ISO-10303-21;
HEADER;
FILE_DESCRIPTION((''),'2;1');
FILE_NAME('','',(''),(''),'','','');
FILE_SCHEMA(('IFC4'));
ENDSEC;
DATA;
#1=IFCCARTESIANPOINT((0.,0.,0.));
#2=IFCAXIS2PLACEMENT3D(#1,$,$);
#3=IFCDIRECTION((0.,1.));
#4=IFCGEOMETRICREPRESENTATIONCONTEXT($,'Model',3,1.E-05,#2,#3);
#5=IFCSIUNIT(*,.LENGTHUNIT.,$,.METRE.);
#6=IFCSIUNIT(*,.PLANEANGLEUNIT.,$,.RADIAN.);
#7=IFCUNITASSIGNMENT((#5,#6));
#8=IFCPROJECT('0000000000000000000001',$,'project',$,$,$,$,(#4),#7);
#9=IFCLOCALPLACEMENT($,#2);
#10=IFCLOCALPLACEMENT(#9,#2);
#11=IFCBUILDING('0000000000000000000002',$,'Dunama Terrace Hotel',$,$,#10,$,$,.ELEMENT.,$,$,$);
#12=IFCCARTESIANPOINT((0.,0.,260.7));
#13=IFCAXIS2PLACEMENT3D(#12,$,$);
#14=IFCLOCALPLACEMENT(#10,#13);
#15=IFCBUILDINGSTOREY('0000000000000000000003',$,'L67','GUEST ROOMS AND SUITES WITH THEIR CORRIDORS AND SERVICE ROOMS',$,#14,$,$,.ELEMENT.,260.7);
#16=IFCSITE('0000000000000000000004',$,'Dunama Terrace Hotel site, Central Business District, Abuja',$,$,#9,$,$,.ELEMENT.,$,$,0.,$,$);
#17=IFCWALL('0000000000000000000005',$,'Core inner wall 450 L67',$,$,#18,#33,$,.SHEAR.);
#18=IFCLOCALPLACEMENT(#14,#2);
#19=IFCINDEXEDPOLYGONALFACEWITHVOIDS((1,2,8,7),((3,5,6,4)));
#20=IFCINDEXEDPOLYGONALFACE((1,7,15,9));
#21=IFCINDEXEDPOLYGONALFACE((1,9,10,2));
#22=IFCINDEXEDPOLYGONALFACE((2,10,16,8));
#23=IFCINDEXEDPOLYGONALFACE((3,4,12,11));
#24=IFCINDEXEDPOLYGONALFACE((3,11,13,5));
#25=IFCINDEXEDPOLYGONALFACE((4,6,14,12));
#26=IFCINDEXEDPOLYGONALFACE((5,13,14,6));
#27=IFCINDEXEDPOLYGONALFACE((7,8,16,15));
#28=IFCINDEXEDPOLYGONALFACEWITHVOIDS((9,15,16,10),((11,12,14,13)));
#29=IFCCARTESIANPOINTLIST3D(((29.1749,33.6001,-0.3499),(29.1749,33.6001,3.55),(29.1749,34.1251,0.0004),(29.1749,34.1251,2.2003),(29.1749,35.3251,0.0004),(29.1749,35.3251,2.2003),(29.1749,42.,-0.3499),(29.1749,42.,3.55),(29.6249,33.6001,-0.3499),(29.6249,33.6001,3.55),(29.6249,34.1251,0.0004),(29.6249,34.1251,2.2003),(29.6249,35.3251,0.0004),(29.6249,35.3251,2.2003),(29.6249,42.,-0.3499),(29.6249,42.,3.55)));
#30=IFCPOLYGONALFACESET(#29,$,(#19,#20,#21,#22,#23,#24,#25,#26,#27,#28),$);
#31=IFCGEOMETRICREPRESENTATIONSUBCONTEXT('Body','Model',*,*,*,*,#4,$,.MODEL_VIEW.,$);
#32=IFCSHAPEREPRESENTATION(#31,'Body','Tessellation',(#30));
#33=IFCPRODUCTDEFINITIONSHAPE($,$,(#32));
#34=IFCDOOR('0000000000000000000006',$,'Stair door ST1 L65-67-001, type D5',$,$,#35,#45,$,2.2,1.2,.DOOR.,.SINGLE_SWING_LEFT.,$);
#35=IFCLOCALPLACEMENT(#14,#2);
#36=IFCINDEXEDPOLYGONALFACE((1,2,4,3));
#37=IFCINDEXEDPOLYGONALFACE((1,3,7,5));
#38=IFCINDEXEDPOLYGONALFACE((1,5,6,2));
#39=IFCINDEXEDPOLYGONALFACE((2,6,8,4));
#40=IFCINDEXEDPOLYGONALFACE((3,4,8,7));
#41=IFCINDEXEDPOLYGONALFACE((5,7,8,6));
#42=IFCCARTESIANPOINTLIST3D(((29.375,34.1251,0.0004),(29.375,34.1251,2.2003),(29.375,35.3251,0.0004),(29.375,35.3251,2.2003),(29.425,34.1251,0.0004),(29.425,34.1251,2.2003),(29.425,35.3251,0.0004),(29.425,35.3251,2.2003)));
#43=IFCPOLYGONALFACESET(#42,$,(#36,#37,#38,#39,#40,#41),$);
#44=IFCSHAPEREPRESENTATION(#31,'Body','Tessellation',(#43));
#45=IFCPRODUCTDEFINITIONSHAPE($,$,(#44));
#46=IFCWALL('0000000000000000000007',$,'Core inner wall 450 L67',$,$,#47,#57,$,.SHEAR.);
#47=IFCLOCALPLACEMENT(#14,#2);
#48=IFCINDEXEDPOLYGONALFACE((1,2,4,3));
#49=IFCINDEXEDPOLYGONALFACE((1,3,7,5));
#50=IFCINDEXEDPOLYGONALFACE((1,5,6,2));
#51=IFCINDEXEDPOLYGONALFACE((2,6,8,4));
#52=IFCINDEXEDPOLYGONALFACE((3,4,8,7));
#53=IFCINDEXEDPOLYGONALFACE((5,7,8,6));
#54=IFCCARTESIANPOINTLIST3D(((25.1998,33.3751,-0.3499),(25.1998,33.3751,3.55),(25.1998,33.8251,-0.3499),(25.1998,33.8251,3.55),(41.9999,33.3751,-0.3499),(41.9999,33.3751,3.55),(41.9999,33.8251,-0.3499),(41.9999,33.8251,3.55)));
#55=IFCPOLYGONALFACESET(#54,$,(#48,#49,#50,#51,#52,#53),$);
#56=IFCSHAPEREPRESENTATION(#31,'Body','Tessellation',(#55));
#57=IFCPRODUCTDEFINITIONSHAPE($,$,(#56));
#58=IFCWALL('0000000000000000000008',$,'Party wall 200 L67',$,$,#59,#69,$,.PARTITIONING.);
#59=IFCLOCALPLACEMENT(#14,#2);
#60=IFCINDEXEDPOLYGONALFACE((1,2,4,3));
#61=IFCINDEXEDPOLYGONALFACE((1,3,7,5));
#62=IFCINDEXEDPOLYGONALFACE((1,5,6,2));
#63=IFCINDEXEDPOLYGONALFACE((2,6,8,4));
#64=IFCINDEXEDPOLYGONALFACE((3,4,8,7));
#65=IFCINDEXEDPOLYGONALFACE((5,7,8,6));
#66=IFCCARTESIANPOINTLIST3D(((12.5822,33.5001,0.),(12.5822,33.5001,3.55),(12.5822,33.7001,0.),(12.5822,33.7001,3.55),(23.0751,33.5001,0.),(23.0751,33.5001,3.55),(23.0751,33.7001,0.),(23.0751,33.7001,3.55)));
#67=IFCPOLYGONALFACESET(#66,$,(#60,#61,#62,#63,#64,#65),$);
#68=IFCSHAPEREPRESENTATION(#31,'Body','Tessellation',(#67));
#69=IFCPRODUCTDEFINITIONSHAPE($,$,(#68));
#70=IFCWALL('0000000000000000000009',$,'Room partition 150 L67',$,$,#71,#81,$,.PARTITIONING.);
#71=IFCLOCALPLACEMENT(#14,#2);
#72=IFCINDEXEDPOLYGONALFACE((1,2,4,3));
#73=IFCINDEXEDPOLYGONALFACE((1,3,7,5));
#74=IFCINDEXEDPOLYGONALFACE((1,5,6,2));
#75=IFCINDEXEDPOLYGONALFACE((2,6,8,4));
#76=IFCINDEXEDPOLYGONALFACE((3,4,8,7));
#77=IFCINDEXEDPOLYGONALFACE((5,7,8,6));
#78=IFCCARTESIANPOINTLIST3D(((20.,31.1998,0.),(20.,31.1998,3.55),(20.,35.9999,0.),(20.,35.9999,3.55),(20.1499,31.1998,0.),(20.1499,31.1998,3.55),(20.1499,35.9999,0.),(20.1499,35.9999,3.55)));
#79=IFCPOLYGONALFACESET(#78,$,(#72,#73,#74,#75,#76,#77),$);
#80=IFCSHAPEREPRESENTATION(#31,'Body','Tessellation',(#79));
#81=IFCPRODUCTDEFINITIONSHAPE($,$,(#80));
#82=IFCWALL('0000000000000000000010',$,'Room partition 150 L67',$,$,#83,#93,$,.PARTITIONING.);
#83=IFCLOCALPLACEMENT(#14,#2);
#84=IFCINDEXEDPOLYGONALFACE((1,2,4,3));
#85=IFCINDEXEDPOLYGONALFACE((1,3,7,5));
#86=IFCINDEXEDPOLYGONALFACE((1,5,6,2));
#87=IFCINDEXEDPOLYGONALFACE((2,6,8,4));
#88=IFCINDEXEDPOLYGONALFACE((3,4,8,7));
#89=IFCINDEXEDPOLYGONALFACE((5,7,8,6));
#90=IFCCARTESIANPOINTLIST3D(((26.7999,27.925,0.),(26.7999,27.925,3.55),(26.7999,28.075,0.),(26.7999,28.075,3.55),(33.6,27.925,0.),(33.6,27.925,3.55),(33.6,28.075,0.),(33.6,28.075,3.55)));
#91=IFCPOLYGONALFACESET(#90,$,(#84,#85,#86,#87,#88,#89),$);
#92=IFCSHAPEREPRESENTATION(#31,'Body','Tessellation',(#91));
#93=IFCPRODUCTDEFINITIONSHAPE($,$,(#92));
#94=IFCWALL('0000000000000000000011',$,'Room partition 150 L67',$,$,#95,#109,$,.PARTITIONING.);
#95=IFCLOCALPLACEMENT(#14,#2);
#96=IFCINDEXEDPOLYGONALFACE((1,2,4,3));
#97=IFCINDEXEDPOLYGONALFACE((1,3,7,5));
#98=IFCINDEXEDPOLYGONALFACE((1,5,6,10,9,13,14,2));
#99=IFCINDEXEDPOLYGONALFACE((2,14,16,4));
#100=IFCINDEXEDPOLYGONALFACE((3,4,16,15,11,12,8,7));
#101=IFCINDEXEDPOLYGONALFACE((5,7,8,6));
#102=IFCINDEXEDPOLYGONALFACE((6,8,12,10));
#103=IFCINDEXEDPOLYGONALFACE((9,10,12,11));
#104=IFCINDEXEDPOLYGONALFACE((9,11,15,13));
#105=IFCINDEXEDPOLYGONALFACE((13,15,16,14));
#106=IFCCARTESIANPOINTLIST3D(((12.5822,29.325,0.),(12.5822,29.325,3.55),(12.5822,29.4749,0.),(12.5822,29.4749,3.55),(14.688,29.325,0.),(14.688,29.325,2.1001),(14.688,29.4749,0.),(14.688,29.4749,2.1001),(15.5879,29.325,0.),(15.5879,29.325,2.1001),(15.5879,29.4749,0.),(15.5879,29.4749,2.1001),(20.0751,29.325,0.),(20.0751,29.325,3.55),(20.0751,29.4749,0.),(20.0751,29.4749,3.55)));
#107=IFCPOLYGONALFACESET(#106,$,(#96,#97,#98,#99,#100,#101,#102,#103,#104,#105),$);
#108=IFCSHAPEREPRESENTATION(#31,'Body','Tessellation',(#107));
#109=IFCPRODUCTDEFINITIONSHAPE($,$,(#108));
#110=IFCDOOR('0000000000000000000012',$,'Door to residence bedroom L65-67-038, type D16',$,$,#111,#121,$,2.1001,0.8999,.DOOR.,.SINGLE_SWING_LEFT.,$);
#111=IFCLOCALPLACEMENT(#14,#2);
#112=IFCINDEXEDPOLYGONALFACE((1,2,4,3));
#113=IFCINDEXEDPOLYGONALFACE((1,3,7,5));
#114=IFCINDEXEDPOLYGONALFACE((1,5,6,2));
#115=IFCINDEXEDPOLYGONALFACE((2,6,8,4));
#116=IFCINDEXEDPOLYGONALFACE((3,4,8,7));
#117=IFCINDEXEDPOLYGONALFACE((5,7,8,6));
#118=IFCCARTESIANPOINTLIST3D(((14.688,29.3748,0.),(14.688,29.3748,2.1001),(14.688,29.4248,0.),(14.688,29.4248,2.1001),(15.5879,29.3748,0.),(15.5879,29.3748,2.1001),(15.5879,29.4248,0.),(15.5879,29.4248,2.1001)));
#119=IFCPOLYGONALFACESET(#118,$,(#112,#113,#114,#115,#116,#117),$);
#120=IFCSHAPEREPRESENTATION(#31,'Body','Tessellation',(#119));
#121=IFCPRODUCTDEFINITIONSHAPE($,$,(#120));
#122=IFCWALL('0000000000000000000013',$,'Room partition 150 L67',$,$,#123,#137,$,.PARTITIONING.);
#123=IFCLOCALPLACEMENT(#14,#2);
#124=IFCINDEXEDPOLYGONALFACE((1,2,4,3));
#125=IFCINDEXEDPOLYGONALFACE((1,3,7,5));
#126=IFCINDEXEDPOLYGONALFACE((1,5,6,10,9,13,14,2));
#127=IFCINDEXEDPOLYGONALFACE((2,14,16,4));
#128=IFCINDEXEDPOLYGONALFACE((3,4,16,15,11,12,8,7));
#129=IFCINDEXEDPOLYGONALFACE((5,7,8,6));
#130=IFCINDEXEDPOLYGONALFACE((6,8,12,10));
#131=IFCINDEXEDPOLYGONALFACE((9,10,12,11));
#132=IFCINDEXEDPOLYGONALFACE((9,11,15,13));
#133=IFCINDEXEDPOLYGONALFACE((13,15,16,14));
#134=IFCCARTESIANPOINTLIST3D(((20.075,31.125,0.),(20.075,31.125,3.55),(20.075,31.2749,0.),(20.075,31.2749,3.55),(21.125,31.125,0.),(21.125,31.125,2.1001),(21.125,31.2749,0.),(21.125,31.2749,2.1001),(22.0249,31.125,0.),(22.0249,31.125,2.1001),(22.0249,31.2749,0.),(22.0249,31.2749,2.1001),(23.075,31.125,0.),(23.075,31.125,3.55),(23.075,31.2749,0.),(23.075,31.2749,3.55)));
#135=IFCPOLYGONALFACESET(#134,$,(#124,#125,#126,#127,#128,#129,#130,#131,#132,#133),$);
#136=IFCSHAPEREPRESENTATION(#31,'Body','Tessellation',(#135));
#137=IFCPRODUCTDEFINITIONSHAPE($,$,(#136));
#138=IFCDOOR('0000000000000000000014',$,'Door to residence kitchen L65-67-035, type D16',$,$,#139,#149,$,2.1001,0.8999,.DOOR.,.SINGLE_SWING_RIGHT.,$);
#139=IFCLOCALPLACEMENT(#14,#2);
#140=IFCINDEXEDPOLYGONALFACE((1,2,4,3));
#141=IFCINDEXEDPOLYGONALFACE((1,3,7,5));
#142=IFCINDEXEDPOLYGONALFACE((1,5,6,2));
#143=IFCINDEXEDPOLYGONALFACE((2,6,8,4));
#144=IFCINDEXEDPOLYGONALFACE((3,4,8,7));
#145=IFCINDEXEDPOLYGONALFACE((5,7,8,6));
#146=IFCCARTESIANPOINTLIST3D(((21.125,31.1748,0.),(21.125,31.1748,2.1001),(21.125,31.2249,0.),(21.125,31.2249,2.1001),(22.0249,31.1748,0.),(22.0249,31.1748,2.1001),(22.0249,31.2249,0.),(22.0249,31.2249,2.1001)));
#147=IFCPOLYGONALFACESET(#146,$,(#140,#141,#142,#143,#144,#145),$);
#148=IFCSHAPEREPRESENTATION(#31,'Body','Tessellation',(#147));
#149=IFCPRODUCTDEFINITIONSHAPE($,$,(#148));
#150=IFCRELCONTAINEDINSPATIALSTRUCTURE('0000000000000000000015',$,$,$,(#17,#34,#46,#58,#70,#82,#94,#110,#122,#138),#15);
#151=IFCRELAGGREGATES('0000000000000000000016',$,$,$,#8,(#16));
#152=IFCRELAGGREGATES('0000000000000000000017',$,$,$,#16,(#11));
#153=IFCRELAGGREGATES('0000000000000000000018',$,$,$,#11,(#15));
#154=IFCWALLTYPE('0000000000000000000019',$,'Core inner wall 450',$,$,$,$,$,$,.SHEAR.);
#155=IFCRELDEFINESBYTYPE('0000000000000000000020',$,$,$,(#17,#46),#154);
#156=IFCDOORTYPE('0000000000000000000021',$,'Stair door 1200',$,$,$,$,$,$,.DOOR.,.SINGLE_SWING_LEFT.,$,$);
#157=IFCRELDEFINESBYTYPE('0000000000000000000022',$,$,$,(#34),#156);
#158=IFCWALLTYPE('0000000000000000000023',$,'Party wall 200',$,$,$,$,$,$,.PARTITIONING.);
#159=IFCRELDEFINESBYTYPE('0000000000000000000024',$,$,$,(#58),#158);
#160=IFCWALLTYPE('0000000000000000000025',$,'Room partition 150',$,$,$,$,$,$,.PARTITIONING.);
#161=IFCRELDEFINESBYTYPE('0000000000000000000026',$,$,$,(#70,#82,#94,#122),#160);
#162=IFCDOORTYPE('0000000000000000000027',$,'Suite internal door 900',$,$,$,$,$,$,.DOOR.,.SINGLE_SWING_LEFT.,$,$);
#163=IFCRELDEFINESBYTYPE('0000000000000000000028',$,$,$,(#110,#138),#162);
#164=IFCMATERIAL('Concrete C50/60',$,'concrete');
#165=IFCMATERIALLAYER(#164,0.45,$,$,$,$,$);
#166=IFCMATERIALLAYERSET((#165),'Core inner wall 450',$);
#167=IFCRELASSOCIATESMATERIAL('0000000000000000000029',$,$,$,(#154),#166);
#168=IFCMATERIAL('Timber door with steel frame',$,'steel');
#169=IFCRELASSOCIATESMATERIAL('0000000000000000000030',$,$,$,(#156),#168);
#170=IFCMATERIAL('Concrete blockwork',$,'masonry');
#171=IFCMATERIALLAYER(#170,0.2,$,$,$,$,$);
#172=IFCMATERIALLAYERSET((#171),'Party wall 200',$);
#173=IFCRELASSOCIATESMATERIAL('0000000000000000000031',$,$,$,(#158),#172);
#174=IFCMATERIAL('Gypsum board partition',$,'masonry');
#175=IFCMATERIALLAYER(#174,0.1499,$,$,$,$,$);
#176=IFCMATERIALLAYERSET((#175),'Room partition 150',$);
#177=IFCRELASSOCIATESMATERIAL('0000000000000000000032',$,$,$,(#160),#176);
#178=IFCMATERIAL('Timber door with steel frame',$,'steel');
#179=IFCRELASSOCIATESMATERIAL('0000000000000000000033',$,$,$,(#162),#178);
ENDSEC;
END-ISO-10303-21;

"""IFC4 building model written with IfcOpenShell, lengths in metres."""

from ifc_helpers import new_model, si_unit, direction, frame, frame_2d, origin, place, context, subcontext, project, spatial, rectangle, extrude, material, layer, layer_set, type_object, element, fill, save


model = new_model("IFC4")

# Units and contexts
model_context = context("Model", 3, precision=1e-05, world=origin(), true_north=direction((0.0, 1.0)))
body_context = subcontext(model_context, "Body", "Model", "MODEL_VIEW")
ifc_project = project(units=[si_unit("LENGTHUNIT", "METRE"), si_unit("PLANEANGLEUNIT", "RADIAN")], contexts=[model_context])

# Site, building, storey
site_placement = place(None, origin())
site = spatial("IfcSite", under=ifc_project, at=site_placement, Name="Dunama Terrace Hotel site, Central Business District, Abuja", CompositionType="ELEMENT", RefElevation=0.0)
building_placement = place(site_placement, origin())
building = spatial("IfcBuilding", under=site, at=building_placement, Name="Dunama Terrace Hotel", CompositionType="ELEMENT")
storey_placement = place(building_placement, frame((0.0, 0.0, 260.7)))
storey = spatial("IfcBuildingStorey", under=building, at=storey_placement, Name="L67", Description="GUEST ROOMS AND SUITES WITH THEIR CORRIDORS AND SERVICE ROOMS", CompositionType="ELEMENT", Elevation=260.7)

# Wall, opening, door
ifc_material_1 = material(Name="Concrete C50/60", Category="concrete")
ifc_layer_1 = layer(ifc_material_1, 0.45)
ifc_layer_set_1 = layer_set([ifc_layer_1], Name="Core inner wall 450")
wall_type_1 = type_object("IfcWallType", Name="Core inner wall 450", PredefinedType="SHEAR", material=ifc_layer_set_1)
wall_1_placement = place(storey_placement, frame((29.3999, 33.6001, -0.3499), z_axis=(0.0, 0.0, 1.0), x_axis=(0.0, 1.0, 0.0)))
wall_1 = element("IfcWall", 1, at=wall_1_placement, inside=storey, type_object=wall_type_1, Name="Core inner wall 450 L67", PredefinedType="SHEAR", context=body_context, shape_type="SweptSolid", body=[
    extrude(rectangle(XDim=8.3999, YDim=0.45, at=frame_2d((4.2, 0.0))), origin(), (0.0, 0.0, 1.0), 3.8999),
])
opening_1_placement = place(wall_1_placement, frame((0.5249, 0.0, 0.3501)))
opening_1 = element("IfcOpeningElement", 2, at=opening_1_placement, cuts=wall_1, PredefinedType="OPENING", context=body_context, shape_type="SweptSolid", body=[
    extrude(rectangle(XDim=1.2, YDim=2.2, at=frame_2d((0.6001, 1.1001))), frame((0.0, 0.2349, 0.0), z_axis=(0.0, -1.0, 0.0), x_axis=(1.0, 0.0, 0.0)), (0.0, 0.0, 1.0), 0.47),
])
ifc_material_2 = material(Name="Timber door with steel frame", Category="steel")
door_type_1 = type_object("IfcDoorType", Name="Stair door 1200", OperationType="SINGLE_SWING_LEFT", PredefinedType="DOOR", material=ifc_material_2)
door_1_placement = place(opening_1_placement, origin())
door_1 = element("IfcDoor", 3, at=door_1_placement, inside=storey, type_object=door_type_1, Name="Stair door ST1 L65-67-001, type D5", OperationType="SINGLE_SWING_LEFT", OverallHeight=2.2, OverallWidth=1.2, PredefinedType="DOOR", context=body_context, shape_type="SweptSolid", body=[
    extrude(rectangle(XDim=1.2, YDim=2.2, at=frame_2d((0.6001, 1.1001))), frame((0.0, 0.0249, 0.0), z_axis=(0.0, -1.0, 0.0), x_axis=(1.0, 0.0, 0.0)), (0.0, 0.0, 1.0), 0.05),
])
fill(opening_1, door_1)

# Walls
wall_2_placement = place(storey_placement, frame((25.2, 33.6001, -0.3499), z_axis=(0.0, 0.0, 1.0), x_axis=(1.0, 0.0, 0.0)))
element("IfcWall", 4, at=wall_2_placement, inside=storey, type_object=wall_type_1, Name="Core inner wall 450 L67", PredefinedType="SHEAR", context=body_context, shape_type="SweptSolid", body=[
    extrude(rectangle(XDim=16.8, YDim=0.45, at=frame_2d((8.3999, 0.0))), origin(), (0.0, 0.0, 1.0), 3.8999),
])
ifc_material_3 = material(Name="Concrete blockwork", Category="masonry")
ifc_layer_2 = layer(ifc_material_3, 0.2)
ifc_layer_set_2 = layer_set([ifc_layer_2], Name="Party wall 200")
wall_type_2 = type_object("IfcWallType", Name="Party wall 200", PredefinedType="PARTITIONING", material=ifc_layer_set_2)
wall_3_placement = place(storey_placement, frame((12.582, 33.6001, 0.0), z_axis=(0.0, 0.0, 1.0), x_axis=(1.0, 0.0, 0.0)))
element("IfcWall", 5, at=wall_3_placement, inside=storey, type_object=wall_type_2, Name="Party wall 200 L67", PredefinedType="PARTITIONING", context=body_context, shape_type="SweptSolid", body=[
    extrude(rectangle(XDim=10.4929, YDim=0.2, at=frame_2d((5.2466, 0.0))), origin(), (0.0, 0.0, 1.0), 3.55),
])
ifc_material_4 = material(Name="Gypsum board partition", Category="masonry")
ifc_layer_3 = layer(ifc_material_4, 0.1499)
ifc_layer_set_3 = layer_set([ifc_layer_3], Name="Room partition 150")
wall_type_3 = type_object("IfcWallType", Name="Room partition 150", PredefinedType="PARTITIONING", material=ifc_layer_set_3)
wall_4_placement = place(storey_placement, frame((20.075, 31.2, 0.0), z_axis=(0.0, 0.0, 1.0), x_axis=(0.0, 1.0, 0.0)))
element("IfcWall", 6, at=wall_4_placement, inside=storey, type_object=wall_type_3, Name="Room partition 150 L67", PredefinedType="PARTITIONING", context=body_context, shape_type="SweptSolid", body=[
    extrude(rectangle(XDim=4.8, YDim=0.1499, at=frame_2d((2.3999, 0.0))), origin(), (0.0, 0.0, 1.0), 3.55),
])
wall_5_placement = place(storey_placement, frame((26.8, 28.0, 0.0), z_axis=(0.0, 0.0, 1.0), x_axis=(1.0, 0.0, 0.0)))
element("IfcWall", 7, at=wall_5_placement, inside=storey, type_object=wall_type_3, Name="Room partition 150 L67", PredefinedType="PARTITIONING", context=body_context, shape_type="SweptSolid", body=[
    extrude(rectangle(XDim=6.8, YDim=0.1499, at=frame_2d((3.3999, 0.0))), origin(), (0.0, 0.0, 1.0), 3.55),
])

# Walls, openings, doors
wall_6_placement = place(storey_placement, frame((12.582, 29.3999, 0.0), z_axis=(0.0, 0.0, 1.0), x_axis=(1.0, 0.0, 0.0)))
wall_6 = element("IfcWall", 8, at=wall_6_placement, inside=storey, type_object=wall_type_3, Name="Room partition 150 L67", PredefinedType="PARTITIONING", context=body_context, shape_type="SweptSolid", body=[
    extrude(rectangle(XDim=7.4929, YDim=0.1499, at=frame_2d((3.7466, 0.0))), origin(), (0.0, 0.0, 1.0), 3.55),
])
opening_2_placement = place(wall_6_placement, frame((2.106, 0.0, 0.0)))
opening_2 = element("IfcOpeningElement", 9, at=opening_2_placement, cuts=wall_6, PredefinedType="OPENING", context=body_context, shape_type="SweptSolid", body=[
    extrude(rectangle(XDim=0.8999, YDim=2.1001, at=frame_2d((0.45, 1.05))), frame((0.0, 0.085, 0.0), z_axis=(0.0, -1.0, 0.0), x_axis=(1.0, 0.0, 0.0)), (0.0, 0.0, 1.0), 0.1699),
])
ifc_material_5 = material(Name="Timber door with steel frame", Category="steel")
door_type_2 = type_object("IfcDoorType", Name="Suite internal door 900", OperationType="SINGLE_SWING_LEFT", PredefinedType="DOOR", material=ifc_material_5)
door_2_placement = place(opening_2_placement, frame((0.8999, 0.0, 0.0), z_axis=(0.0, 0.0, 1.0), x_axis=(-1.0, 0.0, 0.0)))
door_2 = element("IfcDoor", 10, at=door_2_placement, inside=storey, type_object=door_type_2, Name="Door to residence bedroom L65-67-038, type D16", OperationType="SINGLE_SWING_LEFT", OverallHeight=2.1001, OverallWidth=0.8999, PredefinedType="DOOR", context=body_context, shape_type="SweptSolid", body=[
    extrude(rectangle(XDim=0.8999, YDim=2.1001, at=frame_2d((0.45, 1.05))), frame((0.0, 0.0251, 0.0), z_axis=(0.0, -1.0, 0.0), x_axis=(1.0, 0.0, 0.0)), (0.0, 0.0, 1.0), 0.05),
])
fill(opening_2, door_2)
wall_7_placement = place(storey_placement, frame((20.075, 31.2, 0.0), z_axis=(0.0, 0.0, 1.0), x_axis=(1.0, 0.0, 0.0)))
wall_7 = element("IfcWall", 11, at=wall_7_placement, inside=storey, type_object=wall_type_3, Name="Room partition 150 L67", PredefinedType="PARTITIONING", context=body_context, shape_type="SweptSolid", body=[
    extrude(rectangle(XDim=3.0, YDim=0.1499, at=frame_2d((1.5, 0.0))), origin(), (0.0, 0.0, 1.0), 3.55),
])
opening_3_placement = place(wall_7_placement, frame((1.05, 0.0, 0.0)))
opening_3 = element("IfcOpeningElement", 12, at=opening_3_placement, cuts=wall_7, PredefinedType="OPENING", context=body_context, shape_type="SweptSolid", body=[
    extrude(rectangle(XDim=0.8999, YDim=2.1001, at=frame_2d((0.45, 1.05))), frame((0.0, 0.085, 0.0), z_axis=(0.0, -1.0, 0.0), x_axis=(1.0, 0.0, 0.0)), (0.0, 0.0, 1.0), 0.1699),
])
door_3_placement = place(opening_3_placement, origin())
door_3 = element("IfcDoor", 13, at=door_3_placement, inside=storey, type_object=door_type_2, Name="Door to residence kitchen L65-67-035, type D16", OperationType="SINGLE_SWING_RIGHT", OverallHeight=2.1001, OverallWidth=0.8999, PredefinedType="DOOR", context=body_context, shape_type="SweptSolid", body=[
    extrude(rectangle(XDim=0.8999, YDim=2.1001, at=frame_2d((0.45, 1.05))), frame((0.0, 0.0249, 0.0), z_axis=(0.0, -1.0, 0.0), x_axis=(1.0, 0.0, 0.0)), (0.0, 0.0, 1.0), 0.05),
])
fill(opening_3, door_3)

save(model, "model.ifc")
